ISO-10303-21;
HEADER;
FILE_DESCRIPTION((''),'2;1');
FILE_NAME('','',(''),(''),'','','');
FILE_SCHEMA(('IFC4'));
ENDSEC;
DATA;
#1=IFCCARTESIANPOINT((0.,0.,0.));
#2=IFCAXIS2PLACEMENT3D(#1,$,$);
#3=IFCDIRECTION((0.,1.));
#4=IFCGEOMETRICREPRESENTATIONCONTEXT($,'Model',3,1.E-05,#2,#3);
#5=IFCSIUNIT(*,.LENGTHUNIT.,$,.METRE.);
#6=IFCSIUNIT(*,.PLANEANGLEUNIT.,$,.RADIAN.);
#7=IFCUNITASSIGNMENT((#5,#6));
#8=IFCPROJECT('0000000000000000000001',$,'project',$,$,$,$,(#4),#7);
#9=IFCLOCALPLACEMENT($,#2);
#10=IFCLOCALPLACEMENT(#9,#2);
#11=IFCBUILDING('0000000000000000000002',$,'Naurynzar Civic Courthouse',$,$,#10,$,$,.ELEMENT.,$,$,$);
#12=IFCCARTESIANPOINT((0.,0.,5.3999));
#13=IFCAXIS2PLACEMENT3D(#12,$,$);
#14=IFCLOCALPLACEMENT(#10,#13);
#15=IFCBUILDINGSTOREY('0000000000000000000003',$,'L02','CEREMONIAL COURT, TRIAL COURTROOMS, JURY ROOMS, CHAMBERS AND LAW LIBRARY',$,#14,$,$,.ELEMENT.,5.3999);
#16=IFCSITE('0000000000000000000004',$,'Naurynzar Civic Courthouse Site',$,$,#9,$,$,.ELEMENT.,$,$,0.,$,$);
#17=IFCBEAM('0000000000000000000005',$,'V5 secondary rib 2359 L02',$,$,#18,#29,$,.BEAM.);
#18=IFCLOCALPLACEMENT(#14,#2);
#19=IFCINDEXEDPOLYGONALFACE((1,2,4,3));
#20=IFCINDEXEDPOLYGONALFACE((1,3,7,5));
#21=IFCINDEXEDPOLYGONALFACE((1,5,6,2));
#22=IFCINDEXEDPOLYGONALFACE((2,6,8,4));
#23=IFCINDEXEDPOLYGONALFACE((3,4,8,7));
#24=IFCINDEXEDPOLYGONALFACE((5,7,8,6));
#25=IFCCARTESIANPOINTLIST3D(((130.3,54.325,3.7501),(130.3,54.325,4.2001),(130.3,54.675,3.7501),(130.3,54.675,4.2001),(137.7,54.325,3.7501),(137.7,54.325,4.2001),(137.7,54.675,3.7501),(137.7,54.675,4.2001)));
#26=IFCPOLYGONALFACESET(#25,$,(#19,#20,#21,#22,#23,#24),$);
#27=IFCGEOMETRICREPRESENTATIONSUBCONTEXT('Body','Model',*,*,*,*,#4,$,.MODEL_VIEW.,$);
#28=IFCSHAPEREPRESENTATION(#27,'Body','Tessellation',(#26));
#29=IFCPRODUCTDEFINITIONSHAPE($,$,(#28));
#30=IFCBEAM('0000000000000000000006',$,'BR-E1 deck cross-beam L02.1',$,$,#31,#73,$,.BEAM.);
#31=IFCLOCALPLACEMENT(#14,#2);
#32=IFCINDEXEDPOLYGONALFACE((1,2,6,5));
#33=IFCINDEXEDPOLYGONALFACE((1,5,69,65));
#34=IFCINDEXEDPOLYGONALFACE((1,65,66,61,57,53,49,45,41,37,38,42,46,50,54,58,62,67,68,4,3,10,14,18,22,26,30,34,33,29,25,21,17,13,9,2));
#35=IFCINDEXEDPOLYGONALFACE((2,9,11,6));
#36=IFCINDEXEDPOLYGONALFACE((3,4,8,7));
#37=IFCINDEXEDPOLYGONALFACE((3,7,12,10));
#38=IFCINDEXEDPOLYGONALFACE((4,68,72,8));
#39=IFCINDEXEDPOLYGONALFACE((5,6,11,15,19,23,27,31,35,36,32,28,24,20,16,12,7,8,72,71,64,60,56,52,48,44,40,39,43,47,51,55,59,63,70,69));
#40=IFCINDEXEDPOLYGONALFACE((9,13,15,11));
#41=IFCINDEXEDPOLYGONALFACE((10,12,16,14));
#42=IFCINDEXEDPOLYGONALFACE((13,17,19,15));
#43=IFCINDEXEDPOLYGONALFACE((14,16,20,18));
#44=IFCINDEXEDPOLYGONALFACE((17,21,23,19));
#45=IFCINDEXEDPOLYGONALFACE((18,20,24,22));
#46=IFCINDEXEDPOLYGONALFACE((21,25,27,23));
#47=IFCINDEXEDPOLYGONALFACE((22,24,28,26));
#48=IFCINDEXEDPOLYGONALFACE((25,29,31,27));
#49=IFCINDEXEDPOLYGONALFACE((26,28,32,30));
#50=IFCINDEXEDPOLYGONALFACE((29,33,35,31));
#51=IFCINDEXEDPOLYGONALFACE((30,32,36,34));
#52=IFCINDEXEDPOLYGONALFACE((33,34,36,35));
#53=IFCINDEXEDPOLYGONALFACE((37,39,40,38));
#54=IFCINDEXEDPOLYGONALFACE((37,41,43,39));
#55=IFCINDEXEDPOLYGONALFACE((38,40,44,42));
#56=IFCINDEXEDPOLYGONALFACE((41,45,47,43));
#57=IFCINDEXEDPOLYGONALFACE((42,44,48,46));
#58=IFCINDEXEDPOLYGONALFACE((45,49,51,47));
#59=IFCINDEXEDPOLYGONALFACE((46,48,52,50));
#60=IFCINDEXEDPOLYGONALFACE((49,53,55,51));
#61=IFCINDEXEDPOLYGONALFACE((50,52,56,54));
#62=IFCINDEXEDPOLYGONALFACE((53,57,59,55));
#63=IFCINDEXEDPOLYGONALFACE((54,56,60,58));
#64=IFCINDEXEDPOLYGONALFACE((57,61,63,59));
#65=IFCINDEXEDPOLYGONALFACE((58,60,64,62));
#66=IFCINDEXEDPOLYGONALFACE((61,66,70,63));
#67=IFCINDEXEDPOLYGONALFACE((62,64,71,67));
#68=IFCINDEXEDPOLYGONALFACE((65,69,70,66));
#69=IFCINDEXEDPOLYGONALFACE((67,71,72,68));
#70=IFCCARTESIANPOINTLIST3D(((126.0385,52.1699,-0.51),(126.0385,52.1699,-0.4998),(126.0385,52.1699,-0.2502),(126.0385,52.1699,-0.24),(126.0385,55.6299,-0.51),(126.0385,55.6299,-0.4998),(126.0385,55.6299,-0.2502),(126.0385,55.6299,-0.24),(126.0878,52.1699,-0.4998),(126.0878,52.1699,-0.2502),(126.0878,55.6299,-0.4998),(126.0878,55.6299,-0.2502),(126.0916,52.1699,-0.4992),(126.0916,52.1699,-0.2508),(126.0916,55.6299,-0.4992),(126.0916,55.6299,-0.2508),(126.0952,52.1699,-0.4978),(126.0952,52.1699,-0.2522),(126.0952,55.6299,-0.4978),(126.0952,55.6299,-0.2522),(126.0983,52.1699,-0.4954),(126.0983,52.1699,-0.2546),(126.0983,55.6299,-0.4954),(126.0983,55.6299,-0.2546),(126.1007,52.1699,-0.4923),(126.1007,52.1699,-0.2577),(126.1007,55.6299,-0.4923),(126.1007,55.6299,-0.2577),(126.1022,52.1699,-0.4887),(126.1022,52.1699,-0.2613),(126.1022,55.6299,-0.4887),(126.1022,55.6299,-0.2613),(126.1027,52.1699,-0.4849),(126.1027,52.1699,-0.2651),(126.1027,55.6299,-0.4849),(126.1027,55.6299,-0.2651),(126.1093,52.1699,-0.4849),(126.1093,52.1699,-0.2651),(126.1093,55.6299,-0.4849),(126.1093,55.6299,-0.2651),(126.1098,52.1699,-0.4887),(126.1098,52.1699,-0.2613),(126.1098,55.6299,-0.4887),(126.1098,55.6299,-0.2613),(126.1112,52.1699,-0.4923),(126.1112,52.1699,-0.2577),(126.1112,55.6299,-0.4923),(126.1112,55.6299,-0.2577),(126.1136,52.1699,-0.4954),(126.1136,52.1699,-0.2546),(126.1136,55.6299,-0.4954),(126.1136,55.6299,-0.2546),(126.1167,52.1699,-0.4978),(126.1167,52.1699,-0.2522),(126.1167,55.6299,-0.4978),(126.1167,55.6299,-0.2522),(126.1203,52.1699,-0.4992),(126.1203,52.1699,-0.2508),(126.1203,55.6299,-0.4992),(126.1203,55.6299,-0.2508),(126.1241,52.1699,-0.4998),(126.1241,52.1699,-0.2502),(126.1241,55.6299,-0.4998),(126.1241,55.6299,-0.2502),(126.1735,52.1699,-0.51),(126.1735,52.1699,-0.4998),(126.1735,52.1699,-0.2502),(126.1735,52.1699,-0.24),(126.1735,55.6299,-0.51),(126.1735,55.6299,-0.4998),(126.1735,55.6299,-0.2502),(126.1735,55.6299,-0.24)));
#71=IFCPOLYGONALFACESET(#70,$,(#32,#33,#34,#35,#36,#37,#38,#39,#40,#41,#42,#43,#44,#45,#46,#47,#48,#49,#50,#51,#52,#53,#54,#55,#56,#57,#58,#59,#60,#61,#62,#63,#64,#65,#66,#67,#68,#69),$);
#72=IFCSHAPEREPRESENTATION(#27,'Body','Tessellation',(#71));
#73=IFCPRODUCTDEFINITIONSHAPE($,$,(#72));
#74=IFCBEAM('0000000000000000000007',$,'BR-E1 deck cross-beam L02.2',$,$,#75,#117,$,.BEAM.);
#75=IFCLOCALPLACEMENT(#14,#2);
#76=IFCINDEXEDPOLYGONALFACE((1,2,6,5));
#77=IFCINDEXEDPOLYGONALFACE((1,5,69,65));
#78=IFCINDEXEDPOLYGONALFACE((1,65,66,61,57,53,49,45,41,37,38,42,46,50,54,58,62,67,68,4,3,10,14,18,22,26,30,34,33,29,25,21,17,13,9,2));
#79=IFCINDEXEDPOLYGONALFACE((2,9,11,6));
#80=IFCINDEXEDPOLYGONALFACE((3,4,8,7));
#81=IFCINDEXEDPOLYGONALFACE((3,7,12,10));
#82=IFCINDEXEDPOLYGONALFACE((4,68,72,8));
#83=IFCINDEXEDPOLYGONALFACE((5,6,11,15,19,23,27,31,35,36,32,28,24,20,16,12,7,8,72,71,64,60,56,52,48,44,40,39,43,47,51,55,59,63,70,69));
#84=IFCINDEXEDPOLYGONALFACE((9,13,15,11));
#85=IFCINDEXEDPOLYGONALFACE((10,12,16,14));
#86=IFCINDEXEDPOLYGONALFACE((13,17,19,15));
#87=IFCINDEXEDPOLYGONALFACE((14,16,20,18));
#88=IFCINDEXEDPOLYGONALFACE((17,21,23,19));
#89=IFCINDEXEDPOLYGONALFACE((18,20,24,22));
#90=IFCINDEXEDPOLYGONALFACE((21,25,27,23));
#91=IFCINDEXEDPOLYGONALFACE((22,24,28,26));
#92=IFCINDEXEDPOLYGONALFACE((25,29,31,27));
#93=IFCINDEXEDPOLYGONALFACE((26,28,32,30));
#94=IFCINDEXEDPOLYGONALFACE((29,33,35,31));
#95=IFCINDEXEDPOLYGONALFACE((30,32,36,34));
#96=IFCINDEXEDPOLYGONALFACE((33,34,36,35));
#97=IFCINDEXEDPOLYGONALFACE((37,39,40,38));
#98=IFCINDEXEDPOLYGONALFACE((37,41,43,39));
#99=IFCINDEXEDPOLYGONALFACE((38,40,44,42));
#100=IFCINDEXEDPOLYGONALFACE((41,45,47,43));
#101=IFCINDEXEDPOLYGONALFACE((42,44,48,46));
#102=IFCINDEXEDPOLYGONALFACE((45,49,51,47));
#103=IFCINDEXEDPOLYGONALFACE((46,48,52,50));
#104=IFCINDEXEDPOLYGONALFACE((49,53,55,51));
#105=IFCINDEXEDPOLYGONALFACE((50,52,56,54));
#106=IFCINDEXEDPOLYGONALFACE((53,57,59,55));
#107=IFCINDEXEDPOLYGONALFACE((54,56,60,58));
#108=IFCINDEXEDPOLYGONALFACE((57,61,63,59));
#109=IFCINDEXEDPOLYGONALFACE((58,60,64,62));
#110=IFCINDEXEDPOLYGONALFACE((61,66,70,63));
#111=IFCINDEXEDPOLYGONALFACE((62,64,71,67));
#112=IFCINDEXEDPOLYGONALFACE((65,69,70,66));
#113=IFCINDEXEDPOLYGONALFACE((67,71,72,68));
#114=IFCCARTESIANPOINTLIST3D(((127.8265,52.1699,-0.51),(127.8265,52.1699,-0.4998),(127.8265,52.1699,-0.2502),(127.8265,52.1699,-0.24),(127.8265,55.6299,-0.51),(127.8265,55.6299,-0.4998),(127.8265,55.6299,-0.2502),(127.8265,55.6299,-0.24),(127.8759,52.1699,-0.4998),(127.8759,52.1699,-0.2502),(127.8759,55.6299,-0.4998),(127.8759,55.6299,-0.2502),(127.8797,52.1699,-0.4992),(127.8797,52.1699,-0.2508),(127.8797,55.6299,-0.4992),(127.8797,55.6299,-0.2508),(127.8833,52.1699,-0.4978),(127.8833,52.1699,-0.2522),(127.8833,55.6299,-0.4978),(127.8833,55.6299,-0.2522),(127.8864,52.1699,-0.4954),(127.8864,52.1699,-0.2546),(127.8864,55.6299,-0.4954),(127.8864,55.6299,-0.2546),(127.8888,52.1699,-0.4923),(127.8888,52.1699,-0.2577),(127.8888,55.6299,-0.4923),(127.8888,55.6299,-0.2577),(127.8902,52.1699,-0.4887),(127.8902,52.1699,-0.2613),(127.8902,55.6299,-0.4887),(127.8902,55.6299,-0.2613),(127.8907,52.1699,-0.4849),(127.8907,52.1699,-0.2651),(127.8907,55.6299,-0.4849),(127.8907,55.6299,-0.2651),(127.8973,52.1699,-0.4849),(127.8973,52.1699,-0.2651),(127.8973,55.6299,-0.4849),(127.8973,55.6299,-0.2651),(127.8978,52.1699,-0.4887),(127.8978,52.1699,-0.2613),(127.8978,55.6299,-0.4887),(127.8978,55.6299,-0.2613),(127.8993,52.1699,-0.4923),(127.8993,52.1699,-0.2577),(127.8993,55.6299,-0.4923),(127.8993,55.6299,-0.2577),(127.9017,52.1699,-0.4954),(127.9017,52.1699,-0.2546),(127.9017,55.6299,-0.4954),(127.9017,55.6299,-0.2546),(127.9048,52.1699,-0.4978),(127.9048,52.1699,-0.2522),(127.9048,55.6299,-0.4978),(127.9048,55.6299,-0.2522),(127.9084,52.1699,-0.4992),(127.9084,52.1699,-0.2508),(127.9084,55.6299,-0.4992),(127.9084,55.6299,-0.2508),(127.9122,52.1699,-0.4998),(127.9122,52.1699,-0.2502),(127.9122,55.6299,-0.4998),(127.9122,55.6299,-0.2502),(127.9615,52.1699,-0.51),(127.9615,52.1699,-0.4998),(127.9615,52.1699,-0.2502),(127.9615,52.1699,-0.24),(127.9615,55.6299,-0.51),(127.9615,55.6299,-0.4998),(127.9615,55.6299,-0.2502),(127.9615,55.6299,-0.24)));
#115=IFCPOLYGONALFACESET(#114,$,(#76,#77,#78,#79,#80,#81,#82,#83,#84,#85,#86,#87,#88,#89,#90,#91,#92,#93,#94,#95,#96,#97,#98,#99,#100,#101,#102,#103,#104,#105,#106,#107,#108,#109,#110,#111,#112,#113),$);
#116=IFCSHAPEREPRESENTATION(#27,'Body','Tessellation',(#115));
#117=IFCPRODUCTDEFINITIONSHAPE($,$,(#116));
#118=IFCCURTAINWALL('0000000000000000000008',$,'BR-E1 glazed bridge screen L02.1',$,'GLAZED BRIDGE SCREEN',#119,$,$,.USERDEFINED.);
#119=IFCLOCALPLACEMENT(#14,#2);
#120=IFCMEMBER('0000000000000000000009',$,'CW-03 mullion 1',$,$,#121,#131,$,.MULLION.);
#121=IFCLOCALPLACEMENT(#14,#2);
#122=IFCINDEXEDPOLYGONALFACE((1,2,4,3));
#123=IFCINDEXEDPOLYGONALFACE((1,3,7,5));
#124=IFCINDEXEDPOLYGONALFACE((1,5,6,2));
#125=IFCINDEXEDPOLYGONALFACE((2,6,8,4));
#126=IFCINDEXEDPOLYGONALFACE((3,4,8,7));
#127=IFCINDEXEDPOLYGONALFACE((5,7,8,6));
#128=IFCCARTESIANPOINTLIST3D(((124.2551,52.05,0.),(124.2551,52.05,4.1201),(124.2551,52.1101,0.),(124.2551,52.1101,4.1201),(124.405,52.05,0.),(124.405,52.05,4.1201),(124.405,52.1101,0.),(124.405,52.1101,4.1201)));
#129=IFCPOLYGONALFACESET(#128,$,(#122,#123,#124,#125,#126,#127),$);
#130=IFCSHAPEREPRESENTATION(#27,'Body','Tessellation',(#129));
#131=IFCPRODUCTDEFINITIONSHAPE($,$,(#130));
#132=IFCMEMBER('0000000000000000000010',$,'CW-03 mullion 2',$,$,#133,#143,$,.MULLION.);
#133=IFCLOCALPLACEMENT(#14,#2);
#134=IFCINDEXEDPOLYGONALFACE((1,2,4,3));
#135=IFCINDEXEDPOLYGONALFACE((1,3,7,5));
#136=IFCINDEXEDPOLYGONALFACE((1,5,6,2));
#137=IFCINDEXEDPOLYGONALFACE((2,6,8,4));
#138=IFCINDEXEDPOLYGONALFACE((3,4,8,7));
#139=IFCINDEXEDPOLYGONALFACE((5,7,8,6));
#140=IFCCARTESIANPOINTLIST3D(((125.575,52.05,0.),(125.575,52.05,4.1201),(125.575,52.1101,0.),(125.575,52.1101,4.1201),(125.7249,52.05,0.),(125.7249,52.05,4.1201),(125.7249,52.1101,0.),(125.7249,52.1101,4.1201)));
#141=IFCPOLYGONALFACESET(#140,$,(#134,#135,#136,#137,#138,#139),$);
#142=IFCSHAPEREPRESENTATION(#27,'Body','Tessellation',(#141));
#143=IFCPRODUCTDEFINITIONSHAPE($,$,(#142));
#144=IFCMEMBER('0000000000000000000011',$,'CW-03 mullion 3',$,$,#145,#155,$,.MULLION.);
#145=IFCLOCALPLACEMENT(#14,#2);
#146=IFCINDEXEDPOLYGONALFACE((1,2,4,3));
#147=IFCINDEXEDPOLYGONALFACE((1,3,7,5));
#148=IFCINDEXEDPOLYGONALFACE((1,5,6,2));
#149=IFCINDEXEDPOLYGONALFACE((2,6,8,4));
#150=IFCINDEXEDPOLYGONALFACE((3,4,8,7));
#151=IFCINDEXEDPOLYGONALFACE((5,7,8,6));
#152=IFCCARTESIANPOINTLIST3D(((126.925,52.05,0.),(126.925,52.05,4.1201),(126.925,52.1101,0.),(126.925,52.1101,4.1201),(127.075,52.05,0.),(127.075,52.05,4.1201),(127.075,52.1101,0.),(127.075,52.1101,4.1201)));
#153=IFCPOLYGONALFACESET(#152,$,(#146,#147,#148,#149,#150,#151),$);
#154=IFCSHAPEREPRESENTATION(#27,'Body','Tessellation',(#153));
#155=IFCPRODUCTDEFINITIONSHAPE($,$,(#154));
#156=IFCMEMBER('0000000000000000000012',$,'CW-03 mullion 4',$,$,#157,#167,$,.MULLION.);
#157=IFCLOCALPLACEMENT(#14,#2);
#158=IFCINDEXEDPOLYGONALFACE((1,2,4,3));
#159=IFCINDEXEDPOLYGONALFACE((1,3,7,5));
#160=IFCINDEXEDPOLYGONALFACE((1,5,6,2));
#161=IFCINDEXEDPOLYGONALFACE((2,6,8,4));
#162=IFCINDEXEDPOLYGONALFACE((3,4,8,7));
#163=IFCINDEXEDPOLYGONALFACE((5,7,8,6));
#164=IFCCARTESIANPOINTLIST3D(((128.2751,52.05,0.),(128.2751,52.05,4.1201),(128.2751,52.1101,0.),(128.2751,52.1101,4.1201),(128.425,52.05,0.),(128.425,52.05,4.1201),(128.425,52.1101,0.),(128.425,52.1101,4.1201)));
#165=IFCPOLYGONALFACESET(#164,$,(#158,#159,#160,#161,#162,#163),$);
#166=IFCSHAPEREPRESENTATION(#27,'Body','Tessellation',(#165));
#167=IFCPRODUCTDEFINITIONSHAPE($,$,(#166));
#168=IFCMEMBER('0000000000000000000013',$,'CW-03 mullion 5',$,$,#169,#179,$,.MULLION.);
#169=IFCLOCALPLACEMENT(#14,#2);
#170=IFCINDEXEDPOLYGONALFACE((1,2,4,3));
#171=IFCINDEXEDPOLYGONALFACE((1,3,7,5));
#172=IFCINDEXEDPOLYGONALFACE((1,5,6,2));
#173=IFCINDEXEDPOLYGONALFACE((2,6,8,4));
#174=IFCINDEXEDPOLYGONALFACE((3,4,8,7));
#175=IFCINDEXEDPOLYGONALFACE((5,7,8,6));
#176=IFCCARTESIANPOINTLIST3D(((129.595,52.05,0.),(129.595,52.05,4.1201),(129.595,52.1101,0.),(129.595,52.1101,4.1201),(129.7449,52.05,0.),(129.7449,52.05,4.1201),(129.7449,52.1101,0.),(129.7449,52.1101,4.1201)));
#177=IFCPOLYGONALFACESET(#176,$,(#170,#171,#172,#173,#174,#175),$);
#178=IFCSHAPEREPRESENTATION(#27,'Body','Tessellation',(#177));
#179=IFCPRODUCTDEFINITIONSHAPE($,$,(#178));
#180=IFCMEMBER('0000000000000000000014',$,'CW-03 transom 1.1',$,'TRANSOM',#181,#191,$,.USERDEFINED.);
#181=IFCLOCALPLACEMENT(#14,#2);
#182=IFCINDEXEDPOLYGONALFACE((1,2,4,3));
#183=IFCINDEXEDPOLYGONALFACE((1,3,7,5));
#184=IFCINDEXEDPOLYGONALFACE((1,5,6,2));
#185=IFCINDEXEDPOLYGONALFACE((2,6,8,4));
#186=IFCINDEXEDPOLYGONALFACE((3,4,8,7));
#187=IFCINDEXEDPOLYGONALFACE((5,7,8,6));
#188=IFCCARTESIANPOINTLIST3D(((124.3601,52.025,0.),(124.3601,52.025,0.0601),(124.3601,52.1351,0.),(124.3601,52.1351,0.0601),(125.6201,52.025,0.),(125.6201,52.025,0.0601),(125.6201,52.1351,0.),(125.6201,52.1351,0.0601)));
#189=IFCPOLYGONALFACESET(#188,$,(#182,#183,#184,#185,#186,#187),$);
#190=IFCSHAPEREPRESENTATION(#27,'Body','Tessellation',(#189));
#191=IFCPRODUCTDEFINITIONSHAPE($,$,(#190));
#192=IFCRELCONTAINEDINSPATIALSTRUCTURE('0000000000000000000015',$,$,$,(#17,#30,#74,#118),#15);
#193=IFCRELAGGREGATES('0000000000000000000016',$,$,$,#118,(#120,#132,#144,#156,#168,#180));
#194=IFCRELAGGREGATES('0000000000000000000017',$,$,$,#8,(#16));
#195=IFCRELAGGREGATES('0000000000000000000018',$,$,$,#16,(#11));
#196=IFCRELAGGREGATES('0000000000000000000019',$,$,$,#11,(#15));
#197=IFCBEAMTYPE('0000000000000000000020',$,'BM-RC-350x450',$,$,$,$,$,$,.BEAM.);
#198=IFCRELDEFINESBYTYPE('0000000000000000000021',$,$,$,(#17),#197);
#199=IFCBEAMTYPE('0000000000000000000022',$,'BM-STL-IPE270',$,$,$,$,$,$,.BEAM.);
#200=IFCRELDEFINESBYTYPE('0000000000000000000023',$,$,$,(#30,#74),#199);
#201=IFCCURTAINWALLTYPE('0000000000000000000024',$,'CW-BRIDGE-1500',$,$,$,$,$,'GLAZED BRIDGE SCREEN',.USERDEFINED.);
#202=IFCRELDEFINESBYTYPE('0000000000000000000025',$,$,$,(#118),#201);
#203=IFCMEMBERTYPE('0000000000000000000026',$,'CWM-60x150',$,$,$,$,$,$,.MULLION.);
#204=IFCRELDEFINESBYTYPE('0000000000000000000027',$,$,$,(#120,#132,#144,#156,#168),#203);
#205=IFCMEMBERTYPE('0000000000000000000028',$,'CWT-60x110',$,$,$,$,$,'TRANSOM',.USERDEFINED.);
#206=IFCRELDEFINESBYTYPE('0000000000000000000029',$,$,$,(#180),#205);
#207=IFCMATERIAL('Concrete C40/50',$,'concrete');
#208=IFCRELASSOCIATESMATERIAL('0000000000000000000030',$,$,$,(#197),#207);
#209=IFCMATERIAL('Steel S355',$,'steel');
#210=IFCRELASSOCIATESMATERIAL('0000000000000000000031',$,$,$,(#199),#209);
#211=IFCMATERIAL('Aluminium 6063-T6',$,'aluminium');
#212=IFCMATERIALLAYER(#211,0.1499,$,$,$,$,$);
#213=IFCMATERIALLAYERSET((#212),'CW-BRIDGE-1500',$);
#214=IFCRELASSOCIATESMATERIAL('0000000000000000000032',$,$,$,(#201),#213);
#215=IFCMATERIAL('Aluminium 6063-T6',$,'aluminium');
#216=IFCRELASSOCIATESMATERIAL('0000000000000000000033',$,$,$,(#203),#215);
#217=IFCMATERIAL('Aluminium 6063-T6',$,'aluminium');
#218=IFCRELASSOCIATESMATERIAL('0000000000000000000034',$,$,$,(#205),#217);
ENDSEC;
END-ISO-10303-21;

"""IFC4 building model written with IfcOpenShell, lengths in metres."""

from ifc_helpers import new_model, si_unit, direction, frame, origin, origin_2d, place, context, subcontext, project, spatial, rectangle, i_section, extrude, material, layer, layer_set, material_profile, profile_set, type_object, element, aggregate, save


model = new_model("IFC4")

# Units and contexts
model_context = context("Model", 3, precision=1e-05, world=origin(), true_north=direction((0.0, 1.0)))
body_context = subcontext(model_context, "Body", "Model", "MODEL_VIEW")
ifc_project = project(units=[si_unit("LENGTHUNIT", "METRE"), si_unit("PLANEANGLEUNIT", "RADIAN")], contexts=[model_context])

# Site, building, storey
site_placement = place(None, origin())
site = spatial("IfcSite", under=ifc_project, at=site_placement, Name="Naurynzar Civic Courthouse Site", CompositionType="ELEMENT", RefElevation=0.0)
building_placement = place(site_placement, origin())
building = spatial("IfcBuilding", under=site, at=building_placement, Name="Naurynzar Civic Courthouse", CompositionType="ELEMENT")
storey_placement = place(building_placement, frame((0.0, 0.0, 5.3999)))
storey = spatial("IfcBuildingStorey", under=building, at=storey_placement, Name="L02", Description="CEREMONIAL COURT, TRIAL COURTROOMS, JURY ROOMS, CHAMBERS AND LAW LIBRARY", CompositionType="ELEMENT", Elevation=5.3999)

# Beams
ifc_material_1 = material(Name="Concrete C40/50", Category="concrete")
ifc_material_profile_1 = material_profile(ifc_material_1, rectangle(XDim=0.3501, YDim=0.45, at=origin_2d()), Name="RCB 350x450")
ifc_profile_set_1 = profile_set([ifc_material_profile_1], Name="Concrete C40/50")
beam_type_1 = type_object("IfcBeamType", Name="BM-RC-350x450", PredefinedType="BEAM", material=ifc_profile_set_1)
beam_placement = place(storey_placement, frame((130.3, 54.5, 3.9751), z_axis=(1.0, 0.0, 0.0), x_axis=(0.0, 1.0, 0.0)))
element("IfcBeam", 1, at=beam_placement, inside=storey, type_object=beam_type_1, Name="V5 secondary rib 2359 L02", PredefinedType="BEAM", context=body_context, shape_type="SweptSolid", body=[
    extrude(rectangle(XDim=0.3501, YDim=0.45, at=origin_2d()), origin(), (0.0, 0.0, 1.0), 7.3999),
])
ifc_material_2 = material(Name="Steel S355", Category="steel")
ifc_material_profile_2 = material_profile(ifc_material_2, i_section(OverallWidth=0.135, OverallDepth=0.27, WebThickness=0.0066, FlangeThickness=0.0103, FilletRadius=0.0149, at=origin_2d()), Name="IPE 270")
ifc_profile_set_2 = profile_set([ifc_material_profile_2], Name="Steel S355")
beam_type_2 = type_object("IfcBeamType", Name="BM-STL-IPE270", PredefinedType="BEAM", material=ifc_profile_set_2)
for number, where, z_axis, x_axis, name in (
    (2, (126.106, 52.1699, -0.375), (0.0, 1.0, 0.0), (-1.0, 0.0, 0.0), "BR-E1 deck cross-beam L02.1"),
    (3, (127.894, 52.1699, -0.375), (0.0, 1.0, 0.0), (-1.0, 0.0, 0.0), "BR-E1 deck cross-beam L02.2"),
):
    element("IfcBeam", number, at=place(storey_placement, frame(where, z_axis=z_axis, x_axis=x_axis)), inside=storey, type_object=beam_type_2, Name=name, PredefinedType="BEAM", context=body_context, shape_type="SweptSolid", body=[
        extrude(i_section(OverallWidth=0.135, OverallDepth=0.27, WebThickness=0.0066, FlangeThickness=0.0103, FilletRadius=0.0149, at=origin_2d()), origin(), (0.0, 0.0, 1.0), 3.46),
    ])

# Curtain wall, members
ifc_material_3 = material(Name="Aluminium 6063-T6", Category="aluminium")
ifc_layer_1 = layer(ifc_material_3, 0.1499)
ifc_layer_set_1 = layer_set([ifc_layer_1], Name="CW-BRIDGE-1500")
curtain_wall_type = type_object("IfcCurtainWallType", Name="CW-BRIDGE-1500", ElementType="GLAZED BRIDGE SCREEN", PredefinedType="USERDEFINED", material=ifc_layer_set_1)
curtain_wall_placement = place(storey_placement, origin())
curtain_wall = element("IfcCurtainWall", 4, at=curtain_wall_placement, inside=storey, type_object=curtain_wall_type, Name="BR-E1 glazed bridge screen L02.1", ObjectType="GLAZED BRIDGE SCREEN", PredefinedType="USERDEFINED")
ifc_material_4 = material(Name="Aluminium 6063-T6", Category="aluminium")
ifc_material_profile_3 = material_profile(ifc_material_4, rectangle(XDim=0.0601, YDim=0.1499, at=origin_2d()), Name="ALU MULLION 60x150")
ifc_profile_set_3 = profile_set([ifc_material_profile_3], Name="Aluminium 6063-T6")
member_type_1 = type_object("IfcMemberType", Name="CWM-60x150", PredefinedType="MULLION", material=ifc_profile_set_3)
member_1_placement = place(storey_placement, frame((124.3301, 52.0801, 0.0), z_axis=(0.0, 0.0, 1.0), x_axis=(0.0, 1.0, 0.0)))
member_1 = element("IfcMember", 5, at=member_1_placement, type_object=member_type_1, Name="CW-03 mullion 1", PredefinedType="MULLION", context=body_context, shape_type="SweptSolid", body=[
    extrude(rectangle(XDim=0.0601, YDim=0.1499, at=origin_2d()), origin(), (0.0, 0.0, 1.0), 4.1201),
])
member_2_placement = place(storey_placement, frame((125.6499, 52.0801, 0.0), z_axis=(0.0, 0.0, 1.0), x_axis=(0.0, 1.0, 0.0)))
member_2 = element("IfcMember", 6, at=member_2_placement, type_object=member_type_1, Name="CW-03 mullion 2", PredefinedType="MULLION", context=body_context, shape_type="SweptSolid", body=[
    extrude(rectangle(XDim=0.0601, YDim=0.1499, at=origin_2d()), origin(), (0.0, 0.0, 1.0), 4.1201),
])
member_3_placement = place(storey_placement, frame((127.0, 52.0801, 0.0), z_axis=(0.0, 0.0, 1.0), x_axis=(0.0, 1.0, 0.0)))
member_3 = element("IfcMember", 7, at=member_3_placement, type_object=member_type_1, Name="CW-03 mullion 3", PredefinedType="MULLION", context=body_context, shape_type="SweptSolid", body=[
    extrude(rectangle(XDim=0.0601, YDim=0.1499, at=origin_2d()), origin(), (0.0, 0.0, 1.0), 4.1201),
])
member_4_placement = place(storey_placement, frame((128.3501, 52.0801, 0.0), z_axis=(0.0, 0.0, 1.0), x_axis=(0.0, 1.0, 0.0)))
member_4 = element("IfcMember", 8, at=member_4_placement, type_object=member_type_1, Name="CW-03 mullion 4", PredefinedType="MULLION", context=body_context, shape_type="SweptSolid", body=[
    extrude(rectangle(XDim=0.0601, YDim=0.1499, at=origin_2d()), origin(), (0.0, 0.0, 1.0), 4.1201),
])
member_5_placement = place(storey_placement, frame((129.6699, 52.0801, 0.0), z_axis=(0.0, 0.0, 1.0), x_axis=(0.0, 1.0, 0.0)))
member_5 = element("IfcMember", 9, at=member_5_placement, type_object=member_type_1, Name="CW-03 mullion 5", PredefinedType="MULLION", context=body_context, shape_type="SweptSolid", body=[
    extrude(rectangle(XDim=0.0601, YDim=0.1499, at=origin_2d()), origin(), (0.0, 0.0, 1.0), 4.1201),
])
ifc_material_5 = material(Name="Aluminium 6063-T6", Category="aluminium")
ifc_material_profile_4 = material_profile(ifc_material_5, rectangle(XDim=0.1101, YDim=0.0601, at=origin_2d()), Name="ALU TRANSOM 60x110")
ifc_profile_set_4 = profile_set([ifc_material_profile_4], Name="Aluminium 6063-T6")
member_type_2 = type_object("IfcMemberType", Name="CWT-60x110", ElementType="TRANSOM", PredefinedType="USERDEFINED", material=ifc_profile_set_4)
member_6_placement = place(storey_placement, frame((124.3601, 52.0801, 0.03), z_axis=(1.0, 0.0, 0.0), x_axis=(0.0, 1.0, 0.0)))
member_6 = element("IfcMember", 10, at=member_6_placement, type_object=member_type_2, Name="CW-03 transom 1.1", ObjectType="TRANSOM", PredefinedType="USERDEFINED", context=body_context, shape_type="SweptSolid", body=[
    extrude(rectangle(XDim=0.1101, YDim=0.0601, at=origin_2d()), origin(), (0.0, 0.0, 1.0), 1.26),
])

aggregate(curtain_wall, [member_1, member_2, member_3, member_4, member_5, member_6])

save(model, "model.ifc")
